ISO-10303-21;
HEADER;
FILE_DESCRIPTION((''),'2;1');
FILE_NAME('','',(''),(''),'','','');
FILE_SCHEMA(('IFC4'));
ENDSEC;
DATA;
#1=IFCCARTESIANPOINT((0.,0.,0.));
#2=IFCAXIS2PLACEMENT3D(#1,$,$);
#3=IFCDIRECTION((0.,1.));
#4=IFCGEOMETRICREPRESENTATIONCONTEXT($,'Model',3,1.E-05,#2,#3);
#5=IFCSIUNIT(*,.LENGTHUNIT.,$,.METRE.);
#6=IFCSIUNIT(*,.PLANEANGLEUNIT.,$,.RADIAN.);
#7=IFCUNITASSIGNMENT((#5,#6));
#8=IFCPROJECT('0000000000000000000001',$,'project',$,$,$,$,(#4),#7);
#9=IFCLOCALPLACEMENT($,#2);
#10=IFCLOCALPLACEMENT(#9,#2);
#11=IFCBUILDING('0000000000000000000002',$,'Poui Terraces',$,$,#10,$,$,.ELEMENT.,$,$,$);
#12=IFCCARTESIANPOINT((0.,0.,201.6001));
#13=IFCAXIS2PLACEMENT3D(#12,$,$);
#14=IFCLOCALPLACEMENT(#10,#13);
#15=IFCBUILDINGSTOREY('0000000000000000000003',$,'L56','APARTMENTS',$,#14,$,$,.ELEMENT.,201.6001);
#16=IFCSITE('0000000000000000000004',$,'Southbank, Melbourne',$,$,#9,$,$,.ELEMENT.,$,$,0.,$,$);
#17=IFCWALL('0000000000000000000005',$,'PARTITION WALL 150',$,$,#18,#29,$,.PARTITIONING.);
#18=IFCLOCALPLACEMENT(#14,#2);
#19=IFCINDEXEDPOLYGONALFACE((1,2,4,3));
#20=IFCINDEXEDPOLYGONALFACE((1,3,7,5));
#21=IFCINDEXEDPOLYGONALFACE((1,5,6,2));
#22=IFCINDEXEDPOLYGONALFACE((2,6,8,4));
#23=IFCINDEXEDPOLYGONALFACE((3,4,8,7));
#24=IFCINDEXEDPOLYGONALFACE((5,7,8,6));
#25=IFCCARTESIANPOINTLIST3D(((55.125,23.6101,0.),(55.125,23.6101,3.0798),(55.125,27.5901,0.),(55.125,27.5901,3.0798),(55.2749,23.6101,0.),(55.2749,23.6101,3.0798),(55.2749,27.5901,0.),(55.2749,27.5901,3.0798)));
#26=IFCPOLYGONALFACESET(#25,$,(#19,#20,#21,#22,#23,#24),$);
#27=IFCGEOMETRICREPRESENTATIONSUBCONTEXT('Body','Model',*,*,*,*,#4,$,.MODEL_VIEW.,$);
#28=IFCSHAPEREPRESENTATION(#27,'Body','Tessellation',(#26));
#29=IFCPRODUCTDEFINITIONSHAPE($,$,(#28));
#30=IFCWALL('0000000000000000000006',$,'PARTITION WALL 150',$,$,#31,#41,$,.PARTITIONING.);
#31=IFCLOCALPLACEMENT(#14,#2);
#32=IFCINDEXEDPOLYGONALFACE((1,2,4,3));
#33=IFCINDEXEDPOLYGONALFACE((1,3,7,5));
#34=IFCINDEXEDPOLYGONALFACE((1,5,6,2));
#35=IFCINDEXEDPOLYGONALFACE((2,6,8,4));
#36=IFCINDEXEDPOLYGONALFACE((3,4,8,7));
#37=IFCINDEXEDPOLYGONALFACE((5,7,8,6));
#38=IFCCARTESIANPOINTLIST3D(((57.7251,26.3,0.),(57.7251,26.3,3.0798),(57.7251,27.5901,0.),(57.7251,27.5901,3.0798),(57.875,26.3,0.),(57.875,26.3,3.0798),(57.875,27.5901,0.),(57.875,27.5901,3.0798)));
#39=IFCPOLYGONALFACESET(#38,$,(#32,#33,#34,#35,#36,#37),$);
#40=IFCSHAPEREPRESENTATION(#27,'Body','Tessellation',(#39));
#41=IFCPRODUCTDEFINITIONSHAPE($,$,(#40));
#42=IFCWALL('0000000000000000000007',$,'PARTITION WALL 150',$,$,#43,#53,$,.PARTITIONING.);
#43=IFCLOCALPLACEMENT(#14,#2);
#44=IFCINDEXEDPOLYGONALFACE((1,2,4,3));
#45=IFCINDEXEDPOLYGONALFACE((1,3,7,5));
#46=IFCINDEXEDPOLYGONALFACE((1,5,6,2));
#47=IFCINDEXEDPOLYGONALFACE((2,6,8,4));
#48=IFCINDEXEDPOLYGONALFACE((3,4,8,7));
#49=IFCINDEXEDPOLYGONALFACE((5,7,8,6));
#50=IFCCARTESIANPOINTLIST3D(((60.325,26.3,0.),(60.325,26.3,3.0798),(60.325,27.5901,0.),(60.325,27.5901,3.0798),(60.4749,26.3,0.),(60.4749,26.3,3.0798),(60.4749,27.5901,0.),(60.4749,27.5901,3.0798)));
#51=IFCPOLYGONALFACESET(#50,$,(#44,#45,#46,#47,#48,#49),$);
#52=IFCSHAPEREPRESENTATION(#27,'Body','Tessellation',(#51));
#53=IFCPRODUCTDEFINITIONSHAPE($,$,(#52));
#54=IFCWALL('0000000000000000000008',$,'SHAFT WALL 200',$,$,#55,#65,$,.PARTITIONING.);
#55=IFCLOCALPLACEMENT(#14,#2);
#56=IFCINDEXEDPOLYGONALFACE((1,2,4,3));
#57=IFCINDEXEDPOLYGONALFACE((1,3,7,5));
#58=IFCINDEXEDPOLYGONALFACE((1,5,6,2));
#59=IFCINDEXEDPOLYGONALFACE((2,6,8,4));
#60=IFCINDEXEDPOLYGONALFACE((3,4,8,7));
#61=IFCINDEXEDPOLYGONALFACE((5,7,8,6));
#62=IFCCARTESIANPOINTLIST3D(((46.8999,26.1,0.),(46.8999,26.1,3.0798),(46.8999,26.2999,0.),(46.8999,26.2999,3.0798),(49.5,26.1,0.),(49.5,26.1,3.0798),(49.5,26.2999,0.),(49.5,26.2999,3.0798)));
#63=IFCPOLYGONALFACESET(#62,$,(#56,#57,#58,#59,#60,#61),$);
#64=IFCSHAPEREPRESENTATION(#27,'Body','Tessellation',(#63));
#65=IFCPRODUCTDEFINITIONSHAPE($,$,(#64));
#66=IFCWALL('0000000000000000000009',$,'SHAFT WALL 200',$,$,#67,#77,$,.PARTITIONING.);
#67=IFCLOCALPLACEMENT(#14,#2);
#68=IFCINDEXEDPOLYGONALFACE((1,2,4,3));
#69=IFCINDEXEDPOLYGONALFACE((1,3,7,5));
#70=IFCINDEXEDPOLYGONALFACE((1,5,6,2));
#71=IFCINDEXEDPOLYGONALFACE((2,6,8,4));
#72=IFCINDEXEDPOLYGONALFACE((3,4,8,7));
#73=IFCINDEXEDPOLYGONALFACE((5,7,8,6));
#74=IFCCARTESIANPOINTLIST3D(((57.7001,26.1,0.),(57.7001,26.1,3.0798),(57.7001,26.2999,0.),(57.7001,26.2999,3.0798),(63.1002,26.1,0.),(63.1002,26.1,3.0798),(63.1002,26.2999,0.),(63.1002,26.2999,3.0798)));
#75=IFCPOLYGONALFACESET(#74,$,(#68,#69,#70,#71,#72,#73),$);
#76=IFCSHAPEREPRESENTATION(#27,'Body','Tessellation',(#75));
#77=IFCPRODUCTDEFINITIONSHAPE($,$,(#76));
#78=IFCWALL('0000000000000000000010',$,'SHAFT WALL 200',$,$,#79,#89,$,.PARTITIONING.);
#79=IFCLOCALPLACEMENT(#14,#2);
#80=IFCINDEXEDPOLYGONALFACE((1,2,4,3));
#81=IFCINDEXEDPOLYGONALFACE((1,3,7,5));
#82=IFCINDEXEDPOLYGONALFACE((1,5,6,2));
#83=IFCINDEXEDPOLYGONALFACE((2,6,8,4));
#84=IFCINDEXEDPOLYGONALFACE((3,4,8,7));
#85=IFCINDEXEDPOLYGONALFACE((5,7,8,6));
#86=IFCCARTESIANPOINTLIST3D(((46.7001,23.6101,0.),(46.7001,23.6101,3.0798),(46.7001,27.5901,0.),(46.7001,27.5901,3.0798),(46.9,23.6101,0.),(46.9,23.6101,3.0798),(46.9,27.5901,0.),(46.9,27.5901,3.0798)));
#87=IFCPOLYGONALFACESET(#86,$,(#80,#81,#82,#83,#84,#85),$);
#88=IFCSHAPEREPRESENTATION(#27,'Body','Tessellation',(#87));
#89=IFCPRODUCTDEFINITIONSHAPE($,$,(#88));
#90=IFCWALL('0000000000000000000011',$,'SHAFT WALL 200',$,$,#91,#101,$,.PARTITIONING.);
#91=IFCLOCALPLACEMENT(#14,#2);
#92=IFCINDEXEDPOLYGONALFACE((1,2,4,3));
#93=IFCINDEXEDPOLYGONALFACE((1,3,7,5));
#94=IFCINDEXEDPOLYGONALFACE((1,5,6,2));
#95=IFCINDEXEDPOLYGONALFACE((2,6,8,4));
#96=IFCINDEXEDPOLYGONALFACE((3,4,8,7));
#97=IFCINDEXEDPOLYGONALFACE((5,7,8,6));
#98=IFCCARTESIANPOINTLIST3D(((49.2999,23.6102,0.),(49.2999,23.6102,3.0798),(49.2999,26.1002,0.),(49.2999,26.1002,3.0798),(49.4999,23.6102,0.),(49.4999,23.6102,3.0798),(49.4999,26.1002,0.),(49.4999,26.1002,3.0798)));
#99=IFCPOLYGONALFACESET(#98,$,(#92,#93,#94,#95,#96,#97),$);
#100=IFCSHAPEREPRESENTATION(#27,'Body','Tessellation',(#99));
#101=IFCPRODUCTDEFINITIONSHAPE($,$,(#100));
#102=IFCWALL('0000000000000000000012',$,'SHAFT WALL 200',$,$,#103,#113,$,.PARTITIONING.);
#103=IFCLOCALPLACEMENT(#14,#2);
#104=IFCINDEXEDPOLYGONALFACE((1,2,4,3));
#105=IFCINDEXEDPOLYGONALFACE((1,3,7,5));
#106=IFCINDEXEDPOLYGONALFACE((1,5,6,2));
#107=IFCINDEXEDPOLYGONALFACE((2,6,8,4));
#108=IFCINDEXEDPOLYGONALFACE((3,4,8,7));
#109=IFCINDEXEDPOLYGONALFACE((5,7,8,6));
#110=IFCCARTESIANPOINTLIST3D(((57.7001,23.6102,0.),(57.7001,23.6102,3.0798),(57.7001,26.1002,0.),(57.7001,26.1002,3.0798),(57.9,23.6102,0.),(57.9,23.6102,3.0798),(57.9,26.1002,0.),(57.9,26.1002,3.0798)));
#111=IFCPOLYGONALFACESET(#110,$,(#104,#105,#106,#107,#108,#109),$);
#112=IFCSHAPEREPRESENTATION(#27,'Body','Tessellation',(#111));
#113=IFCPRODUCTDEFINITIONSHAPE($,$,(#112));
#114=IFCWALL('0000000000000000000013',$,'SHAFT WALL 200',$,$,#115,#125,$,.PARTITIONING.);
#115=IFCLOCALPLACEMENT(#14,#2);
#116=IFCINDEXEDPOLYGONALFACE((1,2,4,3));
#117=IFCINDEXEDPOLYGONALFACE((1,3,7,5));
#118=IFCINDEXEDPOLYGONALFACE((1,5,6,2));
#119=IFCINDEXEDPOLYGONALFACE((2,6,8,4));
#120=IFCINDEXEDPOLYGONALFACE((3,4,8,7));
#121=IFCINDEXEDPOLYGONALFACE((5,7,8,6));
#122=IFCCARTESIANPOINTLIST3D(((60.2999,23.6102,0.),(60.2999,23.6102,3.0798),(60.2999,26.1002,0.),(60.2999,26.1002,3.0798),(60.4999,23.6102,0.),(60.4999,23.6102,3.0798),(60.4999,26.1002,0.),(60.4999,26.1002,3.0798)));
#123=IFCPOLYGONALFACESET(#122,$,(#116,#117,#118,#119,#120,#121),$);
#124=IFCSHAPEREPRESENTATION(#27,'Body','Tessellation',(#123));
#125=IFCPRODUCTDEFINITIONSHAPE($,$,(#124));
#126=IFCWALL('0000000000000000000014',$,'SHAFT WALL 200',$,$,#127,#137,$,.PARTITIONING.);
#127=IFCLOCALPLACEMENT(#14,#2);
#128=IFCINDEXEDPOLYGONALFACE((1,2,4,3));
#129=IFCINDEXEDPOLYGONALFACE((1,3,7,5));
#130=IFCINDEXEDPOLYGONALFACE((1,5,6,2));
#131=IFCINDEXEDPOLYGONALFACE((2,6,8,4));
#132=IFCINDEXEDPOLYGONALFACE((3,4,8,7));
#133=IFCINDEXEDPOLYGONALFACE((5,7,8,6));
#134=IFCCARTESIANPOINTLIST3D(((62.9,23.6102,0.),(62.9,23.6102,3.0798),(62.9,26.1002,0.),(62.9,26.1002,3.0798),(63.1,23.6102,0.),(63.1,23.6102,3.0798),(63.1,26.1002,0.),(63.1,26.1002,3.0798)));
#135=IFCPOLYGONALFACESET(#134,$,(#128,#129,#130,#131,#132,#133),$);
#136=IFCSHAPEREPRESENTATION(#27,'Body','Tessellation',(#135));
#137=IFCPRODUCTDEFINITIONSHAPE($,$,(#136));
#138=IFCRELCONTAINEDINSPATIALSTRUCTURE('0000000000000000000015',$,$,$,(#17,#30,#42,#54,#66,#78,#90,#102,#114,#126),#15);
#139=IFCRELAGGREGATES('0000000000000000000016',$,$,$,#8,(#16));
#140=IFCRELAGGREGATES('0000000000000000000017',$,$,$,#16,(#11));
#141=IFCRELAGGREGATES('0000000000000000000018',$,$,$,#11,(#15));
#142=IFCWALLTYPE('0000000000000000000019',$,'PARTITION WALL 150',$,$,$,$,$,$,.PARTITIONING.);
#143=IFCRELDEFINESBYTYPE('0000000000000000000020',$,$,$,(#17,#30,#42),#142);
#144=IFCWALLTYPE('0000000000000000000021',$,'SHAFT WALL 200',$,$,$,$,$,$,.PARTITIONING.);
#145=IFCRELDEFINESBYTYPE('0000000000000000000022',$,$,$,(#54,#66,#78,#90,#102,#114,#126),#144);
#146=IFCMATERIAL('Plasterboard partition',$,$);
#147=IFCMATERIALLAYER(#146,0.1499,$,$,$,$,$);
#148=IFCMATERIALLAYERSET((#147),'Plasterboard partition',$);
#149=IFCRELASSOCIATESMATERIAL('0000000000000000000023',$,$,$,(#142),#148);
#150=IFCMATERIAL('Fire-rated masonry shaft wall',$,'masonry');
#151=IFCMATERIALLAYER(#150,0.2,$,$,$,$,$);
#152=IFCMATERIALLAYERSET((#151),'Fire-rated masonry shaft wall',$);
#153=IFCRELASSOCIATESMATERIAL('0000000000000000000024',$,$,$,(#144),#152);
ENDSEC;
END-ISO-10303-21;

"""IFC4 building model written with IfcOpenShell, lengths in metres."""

from ifc_helpers import new_model, si_unit, direction, frame, frame_2d, origin, place, context, subcontext, project, spatial, rectangle, extrude, material, layer, layer_set, type_object, element, save


model = new_model("IFC4")

# Units and contexts
model_context = context("Model", 3, precision=1e-05, world=origin(), true_north=direction((0.0, 1.0)))
body_context = subcontext(model_context, "Body", "Model", "MODEL_VIEW")
ifc_project = project(units=[si_unit("LENGTHUNIT", "METRE"), si_unit("PLANEANGLEUNIT", "RADIAN")], contexts=[model_context])

# Site, building, storey
site_placement = place(None, origin())
site = spatial("IfcSite", under=ifc_project, at=site_placement, Name="Southbank, Melbourne", CompositionType="ELEMENT", RefElevation=0.0)
building_placement = place(site_placement, origin())
building = spatial("IfcBuilding", under=site, at=building_placement, Name="Poui Terraces", CompositionType="ELEMENT")
storey_placement = place(building_placement, frame((0.0, 0.0, 201.6001)))
storey = spatial("IfcBuildingStorey", under=building, at=storey_placement, Name="L56", Description="APARTMENTS", CompositionType="ELEMENT", Elevation=201.6001)

# Walls
ifc_material_1 = material(Name="Plasterboard partition")
ifc_layer_1 = layer(ifc_material_1, 0.1499)
ifc_layer_set_1 = layer_set([ifc_layer_1], Name="Plasterboard partition")
wall_type_1 = type_object("IfcWallType", Name="PARTITION WALL 150", PredefinedType="PARTITIONING", material=ifc_layer_set_1)
wall_1_placement = place(storey_placement, frame((55.2, 23.6101, 0.0), z_axis=(0.0, 0.0, 1.0), x_axis=(0.0, 1.0, 0.0)))
element("IfcWall", 1, at=wall_1_placement, inside=storey, type_object=wall_type_1, Name="PARTITION WALL 150", PredefinedType="PARTITIONING", context=body_context, shape_type="SweptSolid", body=[
    extrude(rectangle(XDim=3.98, YDim=0.1499, at=frame_2d((1.99, 0.0))), origin(), (0.0, 0.0, 1.0), 3.0798),
])
for number, where, z_axis, x_axis, name in (
    (2, (57.8, 26.3, 0.0), (0.0, 0.0, 1.0), (0.0, 1.0, 0.0), "PARTITION WALL 150"),
    (3, (60.3999, 26.3, 0.0), (0.0, 0.0, 1.0), (0.0, 1.0, 0.0), "PARTITION WALL 150"),
):
    element("IfcWall", number, at=place(storey_placement, frame(where, z_axis=z_axis, x_axis=x_axis)), inside=storey, type_object=wall_type_1, Name=name, PredefinedType="PARTITIONING", context=body_context, shape_type="SweptSolid", body=[
        extrude(rectangle(XDim=1.29, YDim=0.1499, at=frame_2d((0.645, 0.0))), origin(), (0.0, 0.0, 1.0), 3.0798),
    ])
ifc_material_2 = material(Name="Fire-rated masonry shaft wall", Category="masonry")
ifc_layer_2 = layer(ifc_material_2, 0.2)
ifc_layer_set_2 = layer_set([ifc_layer_2], Name="Fire-rated masonry shaft wall")
wall_type_2 = type_object("IfcWallType", Name="SHAFT WALL 200", PredefinedType="PARTITIONING", material=ifc_layer_set_2)
wall_2_placement = place(storey_placement, frame((46.8999, 26.2, 0.0), z_axis=(0.0, 0.0, 1.0), x_axis=(1.0, 0.0, 0.0)))
element("IfcWall", 4, at=wall_2_placement, inside=storey, type_object=wall_type_2, Name="SHAFT WALL 200", PredefinedType="PARTITIONING", context=body_context, shape_type="SweptSolid", body=[
    extrude(rectangle(XDim=2.6001, YDim=0.2, at=frame_2d((1.3, 0.0))), origin(), (0.0, 0.0, 1.0), 3.0798),
])
wall_3_placement = place(storey_placement, frame((57.7, 26.2, 0.0), z_axis=(0.0, 0.0, 1.0), x_axis=(1.0, 0.0, 0.0)))
element("IfcWall", 5, at=wall_3_placement, inside=storey, type_object=wall_type_2, Name="SHAFT WALL 200", PredefinedType="PARTITIONING", context=body_context, shape_type="SweptSolid", body=[
    extrude(rectangle(XDim=5.4001, YDim=0.2, at=frame_2d((2.7002, 0.0))), origin(), (0.0, 0.0, 1.0), 3.0798),
])
wall_4_placement = place(storey_placement, frame((46.8, 23.6101, 0.0), z_axis=(0.0, 0.0, 1.0), x_axis=(0.0, 1.0, 0.0)))
element("IfcWall", 6, at=wall_4_placement, inside=storey, type_object=wall_type_2, Name="SHAFT WALL 200", PredefinedType="PARTITIONING", context=body_context, shape_type="SweptSolid", body=[
    extrude(rectangle(XDim=3.98, YDim=0.2, at=frame_2d((1.99, 0.0))), origin(), (0.0, 0.0, 1.0), 3.0798),
])
for number, where, z_axis, x_axis, name in (
    (7, (49.3999, 23.6101, 0.0), (0.0, 0.0, 1.0), (0.0, 1.0, 0.0), "SHAFT WALL 200"),
    (8, (57.8, 23.6101, 0.0), (0.0, 0.0, 1.0), (0.0, 1.0, 0.0), "SHAFT WALL 200"),
    (9, (60.3999, 23.6101, 0.0), (0.0, 0.0, 1.0), (0.0, 1.0, 0.0), "SHAFT WALL 200"),
    (10, (63.0, 23.6101, 0.0), (0.0, 0.0, 1.0), (0.0, 1.0, 0.0), "SHAFT WALL 200"),
):
    element("IfcWall", number, at=place(storey_placement, frame(where, z_axis=z_axis, x_axis=x_axis)), inside=storey, type_object=wall_type_2, Name=name, PredefinedType="PARTITIONING", context=body_context, shape_type="SweptSolid", body=[
        extrude(rectangle(XDim=2.49, YDim=0.2, at=frame_2d((1.2451, 0.0))), origin(), (0.0, 0.0, 1.0), 3.0798),
    ])

save(model, "model.ifc")
